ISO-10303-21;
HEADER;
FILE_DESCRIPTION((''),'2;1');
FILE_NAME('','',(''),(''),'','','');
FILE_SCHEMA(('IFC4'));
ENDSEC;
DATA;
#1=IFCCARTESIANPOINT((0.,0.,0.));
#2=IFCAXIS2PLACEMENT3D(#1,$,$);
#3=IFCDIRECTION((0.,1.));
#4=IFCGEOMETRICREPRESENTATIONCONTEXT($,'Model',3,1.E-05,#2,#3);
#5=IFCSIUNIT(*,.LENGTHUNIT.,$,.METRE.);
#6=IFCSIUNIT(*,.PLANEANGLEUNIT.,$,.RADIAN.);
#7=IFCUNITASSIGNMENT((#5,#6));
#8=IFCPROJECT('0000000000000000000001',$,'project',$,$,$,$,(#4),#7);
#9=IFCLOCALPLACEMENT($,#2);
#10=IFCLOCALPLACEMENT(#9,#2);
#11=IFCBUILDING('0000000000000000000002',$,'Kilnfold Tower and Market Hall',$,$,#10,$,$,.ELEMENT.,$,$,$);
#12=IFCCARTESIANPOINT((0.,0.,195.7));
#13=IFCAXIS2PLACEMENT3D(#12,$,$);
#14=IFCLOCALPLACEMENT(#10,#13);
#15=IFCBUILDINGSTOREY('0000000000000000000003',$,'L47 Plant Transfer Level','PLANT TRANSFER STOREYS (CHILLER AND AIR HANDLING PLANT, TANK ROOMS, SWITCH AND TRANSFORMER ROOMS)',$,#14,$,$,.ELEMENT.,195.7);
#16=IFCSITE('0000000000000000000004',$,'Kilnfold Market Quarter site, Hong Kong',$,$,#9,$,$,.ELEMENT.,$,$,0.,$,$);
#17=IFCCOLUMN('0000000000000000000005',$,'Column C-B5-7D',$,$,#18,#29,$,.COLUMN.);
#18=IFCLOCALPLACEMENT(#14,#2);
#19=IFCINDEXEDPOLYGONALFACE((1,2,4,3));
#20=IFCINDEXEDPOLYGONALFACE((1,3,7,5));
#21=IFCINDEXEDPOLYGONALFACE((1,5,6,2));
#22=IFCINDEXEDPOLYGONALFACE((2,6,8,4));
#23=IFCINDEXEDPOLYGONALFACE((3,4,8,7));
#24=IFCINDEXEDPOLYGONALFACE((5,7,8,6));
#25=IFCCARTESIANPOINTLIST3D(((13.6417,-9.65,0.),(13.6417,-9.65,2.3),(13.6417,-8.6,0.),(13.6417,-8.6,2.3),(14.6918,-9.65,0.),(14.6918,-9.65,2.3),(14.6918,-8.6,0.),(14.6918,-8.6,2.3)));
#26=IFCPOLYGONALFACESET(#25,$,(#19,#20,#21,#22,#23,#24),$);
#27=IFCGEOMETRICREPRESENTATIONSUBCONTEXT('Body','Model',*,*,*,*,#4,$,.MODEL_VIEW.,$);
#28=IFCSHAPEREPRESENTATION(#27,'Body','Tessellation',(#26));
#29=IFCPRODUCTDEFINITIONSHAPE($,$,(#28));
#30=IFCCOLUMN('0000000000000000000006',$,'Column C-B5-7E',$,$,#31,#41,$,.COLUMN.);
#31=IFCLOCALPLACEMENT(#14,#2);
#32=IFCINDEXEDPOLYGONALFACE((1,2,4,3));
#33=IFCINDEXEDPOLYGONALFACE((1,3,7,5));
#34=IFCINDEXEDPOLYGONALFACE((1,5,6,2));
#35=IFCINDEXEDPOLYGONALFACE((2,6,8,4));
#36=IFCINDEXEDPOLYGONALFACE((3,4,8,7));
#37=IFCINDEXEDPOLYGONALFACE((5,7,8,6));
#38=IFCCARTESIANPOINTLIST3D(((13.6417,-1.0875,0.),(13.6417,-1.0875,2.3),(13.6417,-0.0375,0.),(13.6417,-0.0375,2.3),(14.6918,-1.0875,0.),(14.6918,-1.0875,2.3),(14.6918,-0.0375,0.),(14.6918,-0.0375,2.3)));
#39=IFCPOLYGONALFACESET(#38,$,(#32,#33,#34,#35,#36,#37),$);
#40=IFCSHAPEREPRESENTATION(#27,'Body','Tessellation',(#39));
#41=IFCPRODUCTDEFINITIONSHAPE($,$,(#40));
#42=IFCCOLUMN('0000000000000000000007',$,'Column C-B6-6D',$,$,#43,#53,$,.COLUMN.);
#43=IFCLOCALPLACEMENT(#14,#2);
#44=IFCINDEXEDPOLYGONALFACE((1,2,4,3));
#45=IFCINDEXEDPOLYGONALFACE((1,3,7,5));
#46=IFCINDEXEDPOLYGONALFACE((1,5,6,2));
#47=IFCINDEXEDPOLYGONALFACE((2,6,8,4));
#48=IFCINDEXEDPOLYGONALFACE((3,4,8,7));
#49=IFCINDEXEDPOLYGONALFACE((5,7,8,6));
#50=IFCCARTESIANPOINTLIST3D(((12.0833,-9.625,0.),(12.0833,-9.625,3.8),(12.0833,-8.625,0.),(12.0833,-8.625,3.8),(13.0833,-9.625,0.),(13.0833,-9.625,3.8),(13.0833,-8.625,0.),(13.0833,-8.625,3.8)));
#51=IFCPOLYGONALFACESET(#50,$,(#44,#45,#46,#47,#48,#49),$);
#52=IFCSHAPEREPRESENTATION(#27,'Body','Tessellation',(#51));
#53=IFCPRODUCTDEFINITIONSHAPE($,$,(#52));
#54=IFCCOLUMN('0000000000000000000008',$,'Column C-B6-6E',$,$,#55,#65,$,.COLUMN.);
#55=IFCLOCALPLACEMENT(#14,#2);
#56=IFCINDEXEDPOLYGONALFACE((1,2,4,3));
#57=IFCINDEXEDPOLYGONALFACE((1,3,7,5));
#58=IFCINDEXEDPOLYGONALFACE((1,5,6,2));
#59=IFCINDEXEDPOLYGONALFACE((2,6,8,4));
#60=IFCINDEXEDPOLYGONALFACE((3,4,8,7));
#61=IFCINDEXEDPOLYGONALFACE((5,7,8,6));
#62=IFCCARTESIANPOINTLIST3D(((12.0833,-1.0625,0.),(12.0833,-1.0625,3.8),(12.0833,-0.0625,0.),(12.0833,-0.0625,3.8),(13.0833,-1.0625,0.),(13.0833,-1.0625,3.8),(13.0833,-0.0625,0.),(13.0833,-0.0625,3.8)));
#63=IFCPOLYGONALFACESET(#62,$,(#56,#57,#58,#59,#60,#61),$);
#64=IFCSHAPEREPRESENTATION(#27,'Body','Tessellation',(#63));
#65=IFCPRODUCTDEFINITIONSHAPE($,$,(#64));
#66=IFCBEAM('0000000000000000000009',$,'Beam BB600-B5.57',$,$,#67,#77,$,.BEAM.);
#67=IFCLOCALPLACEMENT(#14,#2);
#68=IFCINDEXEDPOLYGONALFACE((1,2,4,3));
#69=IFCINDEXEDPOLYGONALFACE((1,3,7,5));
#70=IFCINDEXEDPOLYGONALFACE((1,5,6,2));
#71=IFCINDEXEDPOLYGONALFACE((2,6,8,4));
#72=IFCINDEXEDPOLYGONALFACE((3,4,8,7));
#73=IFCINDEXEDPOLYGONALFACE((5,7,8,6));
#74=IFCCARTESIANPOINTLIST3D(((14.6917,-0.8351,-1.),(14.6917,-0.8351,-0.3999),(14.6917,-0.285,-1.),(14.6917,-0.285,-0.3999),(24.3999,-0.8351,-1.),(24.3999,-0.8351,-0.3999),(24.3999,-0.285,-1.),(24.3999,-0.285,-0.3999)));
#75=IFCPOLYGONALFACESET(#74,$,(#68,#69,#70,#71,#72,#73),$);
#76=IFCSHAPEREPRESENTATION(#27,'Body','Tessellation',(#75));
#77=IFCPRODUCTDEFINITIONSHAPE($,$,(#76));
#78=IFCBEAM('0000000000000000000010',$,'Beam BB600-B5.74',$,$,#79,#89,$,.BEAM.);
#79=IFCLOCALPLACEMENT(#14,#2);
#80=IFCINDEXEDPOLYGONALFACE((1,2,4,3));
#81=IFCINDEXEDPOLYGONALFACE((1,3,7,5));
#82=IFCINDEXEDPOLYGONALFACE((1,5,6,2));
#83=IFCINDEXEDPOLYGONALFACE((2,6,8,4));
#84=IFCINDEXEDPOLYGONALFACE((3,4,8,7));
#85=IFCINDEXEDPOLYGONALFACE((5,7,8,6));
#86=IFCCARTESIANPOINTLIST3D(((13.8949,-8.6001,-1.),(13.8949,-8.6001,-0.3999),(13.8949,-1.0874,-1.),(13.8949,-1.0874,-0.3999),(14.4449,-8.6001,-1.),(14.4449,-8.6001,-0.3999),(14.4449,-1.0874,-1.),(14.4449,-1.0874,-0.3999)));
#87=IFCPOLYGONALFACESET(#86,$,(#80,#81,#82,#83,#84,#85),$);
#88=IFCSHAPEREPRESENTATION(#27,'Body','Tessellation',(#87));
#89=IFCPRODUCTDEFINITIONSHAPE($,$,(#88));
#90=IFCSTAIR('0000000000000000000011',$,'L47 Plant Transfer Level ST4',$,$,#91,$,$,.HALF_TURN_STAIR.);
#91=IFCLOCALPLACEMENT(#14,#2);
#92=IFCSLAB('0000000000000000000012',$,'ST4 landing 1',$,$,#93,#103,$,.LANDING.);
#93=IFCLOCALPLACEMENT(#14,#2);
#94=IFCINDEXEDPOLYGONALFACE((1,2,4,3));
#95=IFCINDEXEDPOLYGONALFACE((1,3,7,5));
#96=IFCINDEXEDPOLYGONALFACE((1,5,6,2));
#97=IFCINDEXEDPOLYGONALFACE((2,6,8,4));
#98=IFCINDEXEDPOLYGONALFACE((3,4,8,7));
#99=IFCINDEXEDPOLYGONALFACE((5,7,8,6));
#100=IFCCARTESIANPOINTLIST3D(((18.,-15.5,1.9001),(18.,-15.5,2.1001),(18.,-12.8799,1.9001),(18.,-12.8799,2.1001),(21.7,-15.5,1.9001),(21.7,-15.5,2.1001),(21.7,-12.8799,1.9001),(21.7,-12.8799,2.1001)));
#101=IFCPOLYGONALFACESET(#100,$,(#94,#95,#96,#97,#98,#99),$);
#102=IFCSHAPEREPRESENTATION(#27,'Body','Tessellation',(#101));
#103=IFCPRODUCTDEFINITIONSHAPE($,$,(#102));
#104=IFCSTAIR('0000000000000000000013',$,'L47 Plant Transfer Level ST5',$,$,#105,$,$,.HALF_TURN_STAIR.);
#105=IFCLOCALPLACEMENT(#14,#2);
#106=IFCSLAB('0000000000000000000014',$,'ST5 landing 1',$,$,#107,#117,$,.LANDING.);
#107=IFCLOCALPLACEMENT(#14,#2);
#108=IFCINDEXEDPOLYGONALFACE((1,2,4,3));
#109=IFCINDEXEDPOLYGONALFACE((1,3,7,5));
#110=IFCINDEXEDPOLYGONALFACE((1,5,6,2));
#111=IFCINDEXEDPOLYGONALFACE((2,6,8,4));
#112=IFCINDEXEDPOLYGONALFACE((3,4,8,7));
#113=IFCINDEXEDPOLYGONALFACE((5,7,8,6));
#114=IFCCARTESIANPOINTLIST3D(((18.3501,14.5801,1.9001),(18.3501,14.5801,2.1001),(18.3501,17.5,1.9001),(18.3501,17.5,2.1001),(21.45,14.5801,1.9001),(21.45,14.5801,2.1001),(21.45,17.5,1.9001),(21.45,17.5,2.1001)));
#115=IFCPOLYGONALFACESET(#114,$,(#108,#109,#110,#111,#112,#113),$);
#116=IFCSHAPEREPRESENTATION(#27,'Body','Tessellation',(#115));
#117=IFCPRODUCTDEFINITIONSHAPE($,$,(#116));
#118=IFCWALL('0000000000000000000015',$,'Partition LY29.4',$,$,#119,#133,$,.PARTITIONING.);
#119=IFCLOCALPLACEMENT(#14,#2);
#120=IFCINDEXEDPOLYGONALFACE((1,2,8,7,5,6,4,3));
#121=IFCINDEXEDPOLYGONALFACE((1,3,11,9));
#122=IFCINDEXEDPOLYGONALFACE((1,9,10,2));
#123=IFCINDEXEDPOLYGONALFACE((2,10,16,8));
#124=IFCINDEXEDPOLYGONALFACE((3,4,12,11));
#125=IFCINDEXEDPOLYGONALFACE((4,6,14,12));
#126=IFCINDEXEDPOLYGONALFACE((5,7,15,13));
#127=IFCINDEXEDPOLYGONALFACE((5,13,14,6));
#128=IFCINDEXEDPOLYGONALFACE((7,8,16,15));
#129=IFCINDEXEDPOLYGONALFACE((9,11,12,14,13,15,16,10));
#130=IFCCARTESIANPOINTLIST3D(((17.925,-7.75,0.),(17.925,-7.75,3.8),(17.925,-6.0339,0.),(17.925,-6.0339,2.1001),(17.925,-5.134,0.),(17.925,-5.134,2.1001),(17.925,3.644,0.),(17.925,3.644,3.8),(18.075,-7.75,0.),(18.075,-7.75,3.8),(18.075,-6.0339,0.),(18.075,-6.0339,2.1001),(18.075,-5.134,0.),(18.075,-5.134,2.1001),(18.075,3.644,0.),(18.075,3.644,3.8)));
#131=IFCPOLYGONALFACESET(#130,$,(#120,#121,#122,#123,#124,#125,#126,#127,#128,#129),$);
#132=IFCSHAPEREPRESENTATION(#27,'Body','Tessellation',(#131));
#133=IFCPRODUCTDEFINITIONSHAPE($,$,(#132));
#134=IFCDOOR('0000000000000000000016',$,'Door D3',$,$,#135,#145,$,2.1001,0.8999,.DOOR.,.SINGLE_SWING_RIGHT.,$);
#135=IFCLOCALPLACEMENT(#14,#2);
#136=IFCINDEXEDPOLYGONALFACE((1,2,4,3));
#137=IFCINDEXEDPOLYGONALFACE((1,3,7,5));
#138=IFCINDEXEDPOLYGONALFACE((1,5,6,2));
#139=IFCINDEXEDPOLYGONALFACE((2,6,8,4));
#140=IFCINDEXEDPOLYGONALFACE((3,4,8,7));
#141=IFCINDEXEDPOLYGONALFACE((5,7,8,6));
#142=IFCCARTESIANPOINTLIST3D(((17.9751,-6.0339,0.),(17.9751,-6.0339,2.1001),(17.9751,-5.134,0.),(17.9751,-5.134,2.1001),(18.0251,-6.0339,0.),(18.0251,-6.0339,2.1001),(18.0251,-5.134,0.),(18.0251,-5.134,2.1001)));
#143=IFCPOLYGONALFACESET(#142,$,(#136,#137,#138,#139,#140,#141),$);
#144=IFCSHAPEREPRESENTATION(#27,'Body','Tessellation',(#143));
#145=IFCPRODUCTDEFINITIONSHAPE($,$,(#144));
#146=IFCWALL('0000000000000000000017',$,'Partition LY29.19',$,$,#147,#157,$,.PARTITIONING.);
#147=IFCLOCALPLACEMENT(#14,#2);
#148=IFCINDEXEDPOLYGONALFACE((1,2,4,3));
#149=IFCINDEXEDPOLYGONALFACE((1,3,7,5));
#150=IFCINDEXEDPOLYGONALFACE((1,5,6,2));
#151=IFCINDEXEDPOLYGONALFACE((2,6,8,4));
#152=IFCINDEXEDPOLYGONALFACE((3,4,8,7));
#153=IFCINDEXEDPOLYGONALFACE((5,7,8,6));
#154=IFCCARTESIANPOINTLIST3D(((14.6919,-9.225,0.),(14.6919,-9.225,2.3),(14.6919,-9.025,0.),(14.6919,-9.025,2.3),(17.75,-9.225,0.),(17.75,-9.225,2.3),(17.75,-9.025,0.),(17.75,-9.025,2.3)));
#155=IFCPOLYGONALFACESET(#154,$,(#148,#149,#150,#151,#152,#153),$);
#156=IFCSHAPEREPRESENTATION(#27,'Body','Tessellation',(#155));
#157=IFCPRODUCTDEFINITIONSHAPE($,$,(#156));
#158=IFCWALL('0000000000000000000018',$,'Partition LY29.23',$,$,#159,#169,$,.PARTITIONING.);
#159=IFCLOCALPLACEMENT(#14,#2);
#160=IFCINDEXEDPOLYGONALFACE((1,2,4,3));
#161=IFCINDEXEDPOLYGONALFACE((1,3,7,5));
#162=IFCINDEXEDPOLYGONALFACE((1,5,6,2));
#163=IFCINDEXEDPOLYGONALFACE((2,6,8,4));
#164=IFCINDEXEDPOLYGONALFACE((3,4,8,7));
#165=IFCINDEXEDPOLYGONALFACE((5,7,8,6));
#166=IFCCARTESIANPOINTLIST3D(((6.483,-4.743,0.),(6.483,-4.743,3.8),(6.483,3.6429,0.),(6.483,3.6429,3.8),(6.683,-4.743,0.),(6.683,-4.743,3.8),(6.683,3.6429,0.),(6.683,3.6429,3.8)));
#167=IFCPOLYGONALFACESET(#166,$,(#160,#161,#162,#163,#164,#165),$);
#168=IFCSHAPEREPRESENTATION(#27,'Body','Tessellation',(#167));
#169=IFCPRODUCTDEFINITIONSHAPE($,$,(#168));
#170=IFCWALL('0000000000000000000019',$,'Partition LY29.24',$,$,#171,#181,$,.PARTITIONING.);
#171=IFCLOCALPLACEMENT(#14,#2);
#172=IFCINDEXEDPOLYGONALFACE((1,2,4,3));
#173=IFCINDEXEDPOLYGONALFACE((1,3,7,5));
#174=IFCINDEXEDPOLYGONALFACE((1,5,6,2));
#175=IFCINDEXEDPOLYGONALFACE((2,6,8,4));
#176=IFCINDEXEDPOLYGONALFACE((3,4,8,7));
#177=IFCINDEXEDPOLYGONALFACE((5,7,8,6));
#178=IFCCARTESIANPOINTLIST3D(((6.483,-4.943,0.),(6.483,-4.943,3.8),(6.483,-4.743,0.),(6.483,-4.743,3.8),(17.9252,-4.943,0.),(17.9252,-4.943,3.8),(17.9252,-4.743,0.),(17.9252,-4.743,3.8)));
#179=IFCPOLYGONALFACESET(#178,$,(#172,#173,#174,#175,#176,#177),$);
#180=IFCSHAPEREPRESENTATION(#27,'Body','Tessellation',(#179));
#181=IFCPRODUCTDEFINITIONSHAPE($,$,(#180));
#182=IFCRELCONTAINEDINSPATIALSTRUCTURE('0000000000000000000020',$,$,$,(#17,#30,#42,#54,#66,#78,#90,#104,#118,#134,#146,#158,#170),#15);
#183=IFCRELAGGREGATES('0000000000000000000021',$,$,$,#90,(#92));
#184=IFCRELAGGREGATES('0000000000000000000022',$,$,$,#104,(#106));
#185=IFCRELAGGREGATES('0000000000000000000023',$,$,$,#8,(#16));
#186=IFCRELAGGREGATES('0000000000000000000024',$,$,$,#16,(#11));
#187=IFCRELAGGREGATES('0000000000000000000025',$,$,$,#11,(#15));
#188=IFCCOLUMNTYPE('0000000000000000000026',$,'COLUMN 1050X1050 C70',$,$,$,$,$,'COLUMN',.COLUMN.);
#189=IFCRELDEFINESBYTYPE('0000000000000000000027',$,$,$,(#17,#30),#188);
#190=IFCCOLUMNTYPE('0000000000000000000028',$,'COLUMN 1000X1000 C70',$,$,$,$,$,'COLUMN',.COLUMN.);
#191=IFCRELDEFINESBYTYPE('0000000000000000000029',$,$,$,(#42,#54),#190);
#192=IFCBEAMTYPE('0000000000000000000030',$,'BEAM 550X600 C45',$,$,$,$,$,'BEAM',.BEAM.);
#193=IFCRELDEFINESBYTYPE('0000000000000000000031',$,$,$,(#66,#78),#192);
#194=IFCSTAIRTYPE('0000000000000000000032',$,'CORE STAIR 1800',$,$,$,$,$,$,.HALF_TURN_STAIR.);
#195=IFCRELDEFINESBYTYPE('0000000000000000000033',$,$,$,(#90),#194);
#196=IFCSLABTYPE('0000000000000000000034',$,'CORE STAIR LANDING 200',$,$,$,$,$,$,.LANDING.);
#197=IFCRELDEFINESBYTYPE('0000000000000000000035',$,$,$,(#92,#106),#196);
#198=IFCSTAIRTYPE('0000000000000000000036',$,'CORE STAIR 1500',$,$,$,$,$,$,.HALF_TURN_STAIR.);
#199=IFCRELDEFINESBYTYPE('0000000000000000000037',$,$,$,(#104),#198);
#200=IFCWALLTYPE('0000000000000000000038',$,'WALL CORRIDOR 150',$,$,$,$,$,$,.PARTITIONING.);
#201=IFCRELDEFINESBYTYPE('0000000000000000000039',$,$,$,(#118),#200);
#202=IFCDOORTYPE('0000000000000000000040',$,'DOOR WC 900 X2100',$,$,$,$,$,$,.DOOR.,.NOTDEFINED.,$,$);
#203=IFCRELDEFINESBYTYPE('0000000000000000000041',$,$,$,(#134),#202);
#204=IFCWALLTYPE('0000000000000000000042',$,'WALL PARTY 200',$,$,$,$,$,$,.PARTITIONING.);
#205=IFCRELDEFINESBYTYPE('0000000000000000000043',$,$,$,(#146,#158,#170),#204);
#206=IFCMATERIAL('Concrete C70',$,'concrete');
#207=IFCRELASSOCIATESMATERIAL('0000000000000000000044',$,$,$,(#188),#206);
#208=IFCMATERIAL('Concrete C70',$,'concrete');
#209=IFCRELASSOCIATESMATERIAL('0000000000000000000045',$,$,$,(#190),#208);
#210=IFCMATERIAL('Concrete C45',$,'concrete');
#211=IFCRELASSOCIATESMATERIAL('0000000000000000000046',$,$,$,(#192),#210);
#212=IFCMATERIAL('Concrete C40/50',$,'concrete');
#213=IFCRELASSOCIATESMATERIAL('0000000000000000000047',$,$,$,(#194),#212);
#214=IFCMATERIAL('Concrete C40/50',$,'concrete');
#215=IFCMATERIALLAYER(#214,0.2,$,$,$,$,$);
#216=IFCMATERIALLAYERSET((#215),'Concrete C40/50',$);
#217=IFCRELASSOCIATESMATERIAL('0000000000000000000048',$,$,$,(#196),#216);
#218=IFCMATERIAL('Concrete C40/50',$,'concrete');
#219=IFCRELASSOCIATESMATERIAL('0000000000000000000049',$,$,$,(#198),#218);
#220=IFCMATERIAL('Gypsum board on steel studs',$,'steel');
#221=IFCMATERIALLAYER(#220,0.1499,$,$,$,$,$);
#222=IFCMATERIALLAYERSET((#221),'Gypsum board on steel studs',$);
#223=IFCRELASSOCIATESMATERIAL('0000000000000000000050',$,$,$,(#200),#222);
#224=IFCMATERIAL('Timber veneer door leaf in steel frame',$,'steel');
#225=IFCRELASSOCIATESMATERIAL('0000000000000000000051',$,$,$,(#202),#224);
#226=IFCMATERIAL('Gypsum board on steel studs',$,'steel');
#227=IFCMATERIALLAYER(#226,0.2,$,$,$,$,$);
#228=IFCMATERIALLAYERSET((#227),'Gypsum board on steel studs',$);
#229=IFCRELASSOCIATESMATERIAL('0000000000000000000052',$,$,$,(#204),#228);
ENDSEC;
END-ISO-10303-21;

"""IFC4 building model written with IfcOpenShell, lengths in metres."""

from ifc_helpers import new_model, si_unit, direction, frame, frame_2d, origin, origin_2d, place, context, subcontext, project, spatial, polyline, rectangle, outline, extrude, source, transform, mapped, material, layer, layer_set, material_profile, profile_set, type_object, element, fill, aggregate, save


model = new_model("IFC4")

# Units and contexts
model_context = context("Model", 3, precision=1e-05, world=origin(), true_north=direction((0.0, 1.0)))
body_context = subcontext(model_context, "Body", "Model", "MODEL_VIEW")
ifc_project = project(units=[si_unit("LENGTHUNIT", "METRE"), si_unit("PLANEANGLEUNIT", "RADIAN")], contexts=[model_context])

# Site, building, storey
site_placement = place(None, origin())
site = spatial("IfcSite", under=ifc_project, at=site_placement, Name="Kilnfold Market Quarter site, Hong Kong", CompositionType="ELEMENT", RefElevation=0.0)
building_placement = place(site_placement, origin())
building = spatial("IfcBuilding", under=site, at=building_placement, Name="Kilnfold Tower and Market Hall", CompositionType="ELEMENT")
storey_placement = place(building_placement, frame((0.0, 0.0, 195.7)))
storey = spatial("IfcBuildingStorey", under=building, at=storey_placement, Name="L47 Plant Transfer Level", Description="PLANT TRANSFER STOREYS (CHILLER AND AIR HANDLING PLANT, TANK ROOMS, SWITCH AND TRANSFORMER ROOMS)", CompositionType="ELEMENT", Elevation=195.7)

# Columns
ifc_material_1 = material(Name="Concrete C70", Category="concrete")
ifc_material_profile_1 = material_profile(ifc_material_1, rectangle(XDim=1.05, YDim=1.05, at=origin_2d()), Name="RC 1050x1050")
ifc_profile_set_1 = profile_set([ifc_material_profile_1], Name="Concrete C70")
column_type_1 = type_object("IfcColumnType", Name="COLUMN 1050X1050 C70", ElementType="COLUMN", PredefinedType="COLUMN", material=ifc_profile_set_1)
shared_shape_1 = source(origin(), body_context, "Body", "SweptSolid", [
    extrude(rectangle(XDim=1.05, YDim=1.05, at=origin_2d()), origin(), (0.0, 0.0, 1.0), 2.3),
])
for number, where, z_axis, x_axis, name in (
    (1, (14.1667, -9.125, 0.0), (0.0, 0.0, 1.0), (1.0, 0.0, 0.0), "Column C-B5-7D"),
    (2, (14.1667, -0.5625, 0.0), (0.0, 0.0, 1.0), (1.0, 0.0, 0.0), "Column C-B5-7E"),
):
    element("IfcColumn", number, at=place(storey_placement, frame(where, z_axis=z_axis, x_axis=x_axis)), inside=storey, type_object=column_type_1, Name=name, PredefinedType="COLUMN", context=body_context, shape_type="MappedRepresentation", body=[
        mapped(shared_shape_1, transform((0.0, 0.0, 0.0))),
    ])
ifc_material_2 = material(Name="Concrete C70", Category="concrete")
ifc_material_profile_2 = material_profile(ifc_material_2, rectangle(XDim=1.0, YDim=1.0, at=origin_2d()), Name="RC 1000x1000")
ifc_profile_set_2 = profile_set([ifc_material_profile_2], Name="Concrete C70")
column_type_2 = type_object("IfcColumnType", Name="COLUMN 1000X1000 C70", ElementType="COLUMN", PredefinedType="COLUMN", material=ifc_profile_set_2)
shared_shape_2 = source(origin(), body_context, "Body", "SweptSolid", [
    extrude(rectangle(XDim=1.0, YDim=1.0, at=origin_2d()), origin(), (0.0, 0.0, 1.0), 3.8),
])
for number, where, z_axis, x_axis, name in (
    (3, (12.5833, -9.125, 0.0), (0.0, 0.0, 1.0), (1.0, 0.0, 0.0), "Column C-B6-6D"),
    (4, (12.5833, -0.5625, 0.0), (0.0, 0.0, 1.0), (1.0, 0.0, 0.0), "Column C-B6-6E"),
):
    element("IfcColumn", number, at=place(storey_placement, frame(where, z_axis=z_axis, x_axis=x_axis)), inside=storey, type_object=column_type_2, Name=name, PredefinedType="COLUMN", context=body_context, shape_type="MappedRepresentation", body=[
        mapped(shared_shape_2, transform((0.0, 0.0, 0.0))),
    ])

# Beams
ifc_material_3 = material(Name="Concrete C45", Category="concrete")
ifc_material_profile_3 = material_profile(ifc_material_3, rectangle(XDim=0.55, YDim=0.6001, at=origin_2d()), Name="RC 550x600")
ifc_profile_set_3 = profile_set([ifc_material_profile_3], Name="Concrete C45")
beam_type = type_object("IfcBeamType", Name="BEAM 550X600 C45", ElementType="BEAM", PredefinedType="BEAM", material=ifc_profile_set_3)
shared_shape_3 = source(origin(), body_context, "Body", "SweptSolid", [
    extrude(rectangle(XDim=0.55, YDim=0.6001, at=origin_2d()), origin(), (0.0, 0.0, 1.0), 9.7083),
])
beam_1_placement = place(storey_placement, frame((14.6917, -0.5601, -0.7), z_axis=(1.0, 0.0, 0.0), x_axis=(0.0, 1.0, 0.0)))
element("IfcBeam", 5, at=beam_1_placement, inside=storey, type_object=beam_type, Name="Beam BB600-B5.57", PredefinedType="BEAM", context=body_context, shape_type="MappedRepresentation", body=[
    mapped(shared_shape_3, transform((0.0, 0.0, 0.0))),
])
shared_shape_4 = source(origin(), body_context, "Body", "SweptSolid", [
    extrude(rectangle(XDim=0.55, YDim=0.6001, at=origin_2d()), origin(), (0.0, 0.0, 1.0), 7.5127),
])
beam_2_placement = place(storey_placement, frame((14.1699, -8.6001, -0.7), z_axis=(0.0, 1.0, 0.0), x_axis=(-1.0, 0.0, 0.0)))
element("IfcBeam", 6, at=beam_2_placement, inside=storey, type_object=beam_type, Name="Beam BB600-B5.74", PredefinedType="BEAM", context=body_context, shape_type="MappedRepresentation", body=[
    mapped(shared_shape_4, transform((0.0, 0.0, 0.0))),
])

# Stairs, slabs
ifc_material_4 = material(Name="Concrete C40/50", Category="concrete")
stair_type_1 = type_object("IfcStairType", Name="CORE STAIR 1800", PredefinedType="HALF_TURN_STAIR", material=ifc_material_4)
stair_1_placement = place(storey_placement, origin())
stair_1 = element("IfcStair", 7, at=stair_1_placement, inside=storey, type_object=stair_type_1, Name="L47 Plant Transfer Level ST4", PredefinedType="HALF_TURN_STAIR")
ifc_material_5 = material(Name="Concrete C40/50", Category="concrete")
ifc_layer_1 = layer(ifc_material_5, 0.2)
ifc_layer_set_1 = layer_set([ifc_layer_1], Name="Concrete C40/50")
slab_type = type_object("IfcSlabType", Name="CORE STAIR LANDING 200", PredefinedType="LANDING", material=ifc_layer_set_1)
shared_shape_5 = source(origin(), body_context, "Body", "SweptSolid", [
    extrude(outline(polyline([(18.0, -12.8799), (18.0, -15.5), (21.7, -15.5), (21.7, -12.8799), (18.0, -12.8799)])), origin(), (0.0, 0.0, 1.0), 0.2),
])
slab_1_placement = place(storey_placement, frame((0.0, 0.0, 1.9001)))
slab_1 = element("IfcSlab", 8, at=slab_1_placement, type_object=slab_type, Name="ST4 landing 1", PredefinedType="LANDING", context=body_context, shape_type="MappedRepresentation", body=[
    mapped(shared_shape_5, transform((0.0, 0.0, 0.0))),
])
aggregate(stair_1, [slab_1])
ifc_material_6 = material(Name="Concrete C40/50", Category="concrete")
stair_type_2 = type_object("IfcStairType", Name="CORE STAIR 1500", PredefinedType="HALF_TURN_STAIR", material=ifc_material_6)
stair_2_placement = place(storey_placement, origin())
stair_2 = element("IfcStair", 9, at=stair_2_placement, inside=storey, type_object=stair_type_2, Name="L47 Plant Transfer Level ST5", PredefinedType="HALF_TURN_STAIR")
shared_shape_6 = source(origin(), body_context, "Body", "SweptSolid", [
    extrude(outline(polyline([(21.45, 14.5801), (21.45, 17.5), (18.3501, 17.5), (18.3501, 14.5801), (21.45, 14.5801)])), origin(), (0.0, 0.0, 1.0), 0.2),
])
slab_2_placement = place(storey_placement, frame((0.0, 0.0, 1.9001)))
slab_2 = element("IfcSlab", 10, at=slab_2_placement, type_object=slab_type, Name="ST5 landing 1", PredefinedType="LANDING", context=body_context, shape_type="MappedRepresentation", body=[
    mapped(shared_shape_6, transform((0.0, 0.0, 0.0))),
])
aggregate(stair_2, [slab_2])

# Wall, opening, door
ifc_material_7 = material(Name="Gypsum board on steel studs", Category="steel")
ifc_layer_2 = layer(ifc_material_7, 0.1499)
ifc_layer_set_2 = layer_set([ifc_layer_2], Name="Gypsum board on steel studs")
wall_type_1 = type_object("IfcWallType", Name="WALL CORRIDOR 150", PredefinedType="PARTITIONING", material=ifc_layer_set_2)
wall_1_placement = place(storey_placement, frame((18.0, -7.75, 0.0), z_axis=(0.0, 0.0, 1.0), x_axis=(0.0, 1.0, 0.0)))
wall_1 = element("IfcWall", 11, at=wall_1_placement, inside=storey, type_object=wall_type_1, Name="Partition LY29.4", PredefinedType="PARTITIONING", context=body_context, shape_type="SweptSolid", body=[
    extrude(rectangle(XDim=11.394, YDim=0.1499, at=frame_2d((5.697, 0.0))), origin(), (0.0, 0.0, 1.0), 3.8),
])
opening_1_placement = place(wall_1_placement, frame((1.7161, 0.0, 0.0)))
opening_1 = element("IfcOpeningElement", 12, at=opening_1_placement, cuts=wall_1, PredefinedType="OPENING", context=body_context, shape_type="SweptSolid", body=[
    extrude(rectangle(XDim=0.8999, YDim=2.1001, at=frame_2d((0.45, 1.05))), frame((0.0, 0.085, 0.0), z_axis=(0.0, -1.0, 0.0), x_axis=(1.0, 0.0, 0.0)), (0.0, 0.0, 1.0), 0.1699),
])
ifc_material_8 = material(Name="Timber veneer door leaf in steel frame", Category="steel")
door_type_1 = type_object("IfcDoorType", Name="DOOR WC 900 X2100", OperationType="NOTDEFINED", PredefinedType="DOOR", material=ifc_material_8)
door_1_placement = place(opening_1_placement, origin())
door_1 = element("IfcDoor", 13, at=door_1_placement, inside=storey, type_object=door_type_1, Name="Door D3", OperationType="SINGLE_SWING_RIGHT", OverallHeight=2.1001, OverallWidth=0.8999, PredefinedType="DOOR", context=body_context, shape_type="SweptSolid", body=[
    extrude(rectangle(XDim=0.8999, YDim=2.1001, at=frame_2d((0.45, 1.05))), frame((0.0, 0.0249, 0.0), z_axis=(0.0, -1.0, 0.0), x_axis=(1.0, 0.0, 0.0)), (0.0, 0.0, 1.0), 0.05),
])
fill(opening_1, door_1)

# Walls
ifc_material_9 = material(Name="Gypsum board on steel studs", Category="steel")
ifc_layer_3 = layer(ifc_material_9, 0.2)
ifc_layer_set_3 = layer_set([ifc_layer_3], Name="Gypsum board on steel studs")
wall_type_2 = type_object("IfcWallType", Name="WALL PARTY 200", PredefinedType="PARTITIONING", material=ifc_layer_set_3)
wall_2_placement = place(storey_placement, frame((14.6919, -9.125, 0.0), z_axis=(0.0, 0.0, 1.0), x_axis=(1.0, 0.0, 0.0)))
element("IfcWall", 14, at=wall_2_placement, inside=storey, type_object=wall_type_2, Name="Partition LY29.19", PredefinedType="PARTITIONING", context=body_context, shape_type="SweptSolid", body=[
    extrude(rectangle(XDim=3.0581, YDim=0.2, at=frame_2d((1.5291, 0.0))), origin(), (0.0, 0.0, 1.0), 2.3),
])
wall_3_placement = place(storey_placement, frame((6.583, -4.7429, 0.0), z_axis=(0.0, 0.0, 1.0), x_axis=(0.0, 1.0, 0.0)))
element("IfcWall", 15, at=wall_3_placement, inside=storey, type_object=wall_type_2, Name="Partition LY29.23", PredefinedType="PARTITIONING", context=body_context, shape_type="SweptSolid", body=[
    extrude(rectangle(XDim=8.386, YDim=0.2, at=frame_2d((4.1929, 0.0))), origin(), (0.0, 0.0, 1.0), 3.8),
])
wall_4_placement = place(storey_placement, frame((6.4829, -4.843, 0.0), z_axis=(0.0, 0.0, 1.0), x_axis=(1.0, 0.0, 0.0)))
element("IfcWall", 16, at=wall_4_placement, inside=storey, type_object=wall_type_2, Name="Partition LY29.24", PredefinedType="PARTITIONING", context=body_context, shape_type="SweptSolid", body=[
    extrude(rectangle(XDim=11.4421, YDim=0.2, at=frame_2d((5.7212, 0.0))), origin(), (0.0, 0.0, 1.0), 3.8),
])

save(model, "model.ifc")
